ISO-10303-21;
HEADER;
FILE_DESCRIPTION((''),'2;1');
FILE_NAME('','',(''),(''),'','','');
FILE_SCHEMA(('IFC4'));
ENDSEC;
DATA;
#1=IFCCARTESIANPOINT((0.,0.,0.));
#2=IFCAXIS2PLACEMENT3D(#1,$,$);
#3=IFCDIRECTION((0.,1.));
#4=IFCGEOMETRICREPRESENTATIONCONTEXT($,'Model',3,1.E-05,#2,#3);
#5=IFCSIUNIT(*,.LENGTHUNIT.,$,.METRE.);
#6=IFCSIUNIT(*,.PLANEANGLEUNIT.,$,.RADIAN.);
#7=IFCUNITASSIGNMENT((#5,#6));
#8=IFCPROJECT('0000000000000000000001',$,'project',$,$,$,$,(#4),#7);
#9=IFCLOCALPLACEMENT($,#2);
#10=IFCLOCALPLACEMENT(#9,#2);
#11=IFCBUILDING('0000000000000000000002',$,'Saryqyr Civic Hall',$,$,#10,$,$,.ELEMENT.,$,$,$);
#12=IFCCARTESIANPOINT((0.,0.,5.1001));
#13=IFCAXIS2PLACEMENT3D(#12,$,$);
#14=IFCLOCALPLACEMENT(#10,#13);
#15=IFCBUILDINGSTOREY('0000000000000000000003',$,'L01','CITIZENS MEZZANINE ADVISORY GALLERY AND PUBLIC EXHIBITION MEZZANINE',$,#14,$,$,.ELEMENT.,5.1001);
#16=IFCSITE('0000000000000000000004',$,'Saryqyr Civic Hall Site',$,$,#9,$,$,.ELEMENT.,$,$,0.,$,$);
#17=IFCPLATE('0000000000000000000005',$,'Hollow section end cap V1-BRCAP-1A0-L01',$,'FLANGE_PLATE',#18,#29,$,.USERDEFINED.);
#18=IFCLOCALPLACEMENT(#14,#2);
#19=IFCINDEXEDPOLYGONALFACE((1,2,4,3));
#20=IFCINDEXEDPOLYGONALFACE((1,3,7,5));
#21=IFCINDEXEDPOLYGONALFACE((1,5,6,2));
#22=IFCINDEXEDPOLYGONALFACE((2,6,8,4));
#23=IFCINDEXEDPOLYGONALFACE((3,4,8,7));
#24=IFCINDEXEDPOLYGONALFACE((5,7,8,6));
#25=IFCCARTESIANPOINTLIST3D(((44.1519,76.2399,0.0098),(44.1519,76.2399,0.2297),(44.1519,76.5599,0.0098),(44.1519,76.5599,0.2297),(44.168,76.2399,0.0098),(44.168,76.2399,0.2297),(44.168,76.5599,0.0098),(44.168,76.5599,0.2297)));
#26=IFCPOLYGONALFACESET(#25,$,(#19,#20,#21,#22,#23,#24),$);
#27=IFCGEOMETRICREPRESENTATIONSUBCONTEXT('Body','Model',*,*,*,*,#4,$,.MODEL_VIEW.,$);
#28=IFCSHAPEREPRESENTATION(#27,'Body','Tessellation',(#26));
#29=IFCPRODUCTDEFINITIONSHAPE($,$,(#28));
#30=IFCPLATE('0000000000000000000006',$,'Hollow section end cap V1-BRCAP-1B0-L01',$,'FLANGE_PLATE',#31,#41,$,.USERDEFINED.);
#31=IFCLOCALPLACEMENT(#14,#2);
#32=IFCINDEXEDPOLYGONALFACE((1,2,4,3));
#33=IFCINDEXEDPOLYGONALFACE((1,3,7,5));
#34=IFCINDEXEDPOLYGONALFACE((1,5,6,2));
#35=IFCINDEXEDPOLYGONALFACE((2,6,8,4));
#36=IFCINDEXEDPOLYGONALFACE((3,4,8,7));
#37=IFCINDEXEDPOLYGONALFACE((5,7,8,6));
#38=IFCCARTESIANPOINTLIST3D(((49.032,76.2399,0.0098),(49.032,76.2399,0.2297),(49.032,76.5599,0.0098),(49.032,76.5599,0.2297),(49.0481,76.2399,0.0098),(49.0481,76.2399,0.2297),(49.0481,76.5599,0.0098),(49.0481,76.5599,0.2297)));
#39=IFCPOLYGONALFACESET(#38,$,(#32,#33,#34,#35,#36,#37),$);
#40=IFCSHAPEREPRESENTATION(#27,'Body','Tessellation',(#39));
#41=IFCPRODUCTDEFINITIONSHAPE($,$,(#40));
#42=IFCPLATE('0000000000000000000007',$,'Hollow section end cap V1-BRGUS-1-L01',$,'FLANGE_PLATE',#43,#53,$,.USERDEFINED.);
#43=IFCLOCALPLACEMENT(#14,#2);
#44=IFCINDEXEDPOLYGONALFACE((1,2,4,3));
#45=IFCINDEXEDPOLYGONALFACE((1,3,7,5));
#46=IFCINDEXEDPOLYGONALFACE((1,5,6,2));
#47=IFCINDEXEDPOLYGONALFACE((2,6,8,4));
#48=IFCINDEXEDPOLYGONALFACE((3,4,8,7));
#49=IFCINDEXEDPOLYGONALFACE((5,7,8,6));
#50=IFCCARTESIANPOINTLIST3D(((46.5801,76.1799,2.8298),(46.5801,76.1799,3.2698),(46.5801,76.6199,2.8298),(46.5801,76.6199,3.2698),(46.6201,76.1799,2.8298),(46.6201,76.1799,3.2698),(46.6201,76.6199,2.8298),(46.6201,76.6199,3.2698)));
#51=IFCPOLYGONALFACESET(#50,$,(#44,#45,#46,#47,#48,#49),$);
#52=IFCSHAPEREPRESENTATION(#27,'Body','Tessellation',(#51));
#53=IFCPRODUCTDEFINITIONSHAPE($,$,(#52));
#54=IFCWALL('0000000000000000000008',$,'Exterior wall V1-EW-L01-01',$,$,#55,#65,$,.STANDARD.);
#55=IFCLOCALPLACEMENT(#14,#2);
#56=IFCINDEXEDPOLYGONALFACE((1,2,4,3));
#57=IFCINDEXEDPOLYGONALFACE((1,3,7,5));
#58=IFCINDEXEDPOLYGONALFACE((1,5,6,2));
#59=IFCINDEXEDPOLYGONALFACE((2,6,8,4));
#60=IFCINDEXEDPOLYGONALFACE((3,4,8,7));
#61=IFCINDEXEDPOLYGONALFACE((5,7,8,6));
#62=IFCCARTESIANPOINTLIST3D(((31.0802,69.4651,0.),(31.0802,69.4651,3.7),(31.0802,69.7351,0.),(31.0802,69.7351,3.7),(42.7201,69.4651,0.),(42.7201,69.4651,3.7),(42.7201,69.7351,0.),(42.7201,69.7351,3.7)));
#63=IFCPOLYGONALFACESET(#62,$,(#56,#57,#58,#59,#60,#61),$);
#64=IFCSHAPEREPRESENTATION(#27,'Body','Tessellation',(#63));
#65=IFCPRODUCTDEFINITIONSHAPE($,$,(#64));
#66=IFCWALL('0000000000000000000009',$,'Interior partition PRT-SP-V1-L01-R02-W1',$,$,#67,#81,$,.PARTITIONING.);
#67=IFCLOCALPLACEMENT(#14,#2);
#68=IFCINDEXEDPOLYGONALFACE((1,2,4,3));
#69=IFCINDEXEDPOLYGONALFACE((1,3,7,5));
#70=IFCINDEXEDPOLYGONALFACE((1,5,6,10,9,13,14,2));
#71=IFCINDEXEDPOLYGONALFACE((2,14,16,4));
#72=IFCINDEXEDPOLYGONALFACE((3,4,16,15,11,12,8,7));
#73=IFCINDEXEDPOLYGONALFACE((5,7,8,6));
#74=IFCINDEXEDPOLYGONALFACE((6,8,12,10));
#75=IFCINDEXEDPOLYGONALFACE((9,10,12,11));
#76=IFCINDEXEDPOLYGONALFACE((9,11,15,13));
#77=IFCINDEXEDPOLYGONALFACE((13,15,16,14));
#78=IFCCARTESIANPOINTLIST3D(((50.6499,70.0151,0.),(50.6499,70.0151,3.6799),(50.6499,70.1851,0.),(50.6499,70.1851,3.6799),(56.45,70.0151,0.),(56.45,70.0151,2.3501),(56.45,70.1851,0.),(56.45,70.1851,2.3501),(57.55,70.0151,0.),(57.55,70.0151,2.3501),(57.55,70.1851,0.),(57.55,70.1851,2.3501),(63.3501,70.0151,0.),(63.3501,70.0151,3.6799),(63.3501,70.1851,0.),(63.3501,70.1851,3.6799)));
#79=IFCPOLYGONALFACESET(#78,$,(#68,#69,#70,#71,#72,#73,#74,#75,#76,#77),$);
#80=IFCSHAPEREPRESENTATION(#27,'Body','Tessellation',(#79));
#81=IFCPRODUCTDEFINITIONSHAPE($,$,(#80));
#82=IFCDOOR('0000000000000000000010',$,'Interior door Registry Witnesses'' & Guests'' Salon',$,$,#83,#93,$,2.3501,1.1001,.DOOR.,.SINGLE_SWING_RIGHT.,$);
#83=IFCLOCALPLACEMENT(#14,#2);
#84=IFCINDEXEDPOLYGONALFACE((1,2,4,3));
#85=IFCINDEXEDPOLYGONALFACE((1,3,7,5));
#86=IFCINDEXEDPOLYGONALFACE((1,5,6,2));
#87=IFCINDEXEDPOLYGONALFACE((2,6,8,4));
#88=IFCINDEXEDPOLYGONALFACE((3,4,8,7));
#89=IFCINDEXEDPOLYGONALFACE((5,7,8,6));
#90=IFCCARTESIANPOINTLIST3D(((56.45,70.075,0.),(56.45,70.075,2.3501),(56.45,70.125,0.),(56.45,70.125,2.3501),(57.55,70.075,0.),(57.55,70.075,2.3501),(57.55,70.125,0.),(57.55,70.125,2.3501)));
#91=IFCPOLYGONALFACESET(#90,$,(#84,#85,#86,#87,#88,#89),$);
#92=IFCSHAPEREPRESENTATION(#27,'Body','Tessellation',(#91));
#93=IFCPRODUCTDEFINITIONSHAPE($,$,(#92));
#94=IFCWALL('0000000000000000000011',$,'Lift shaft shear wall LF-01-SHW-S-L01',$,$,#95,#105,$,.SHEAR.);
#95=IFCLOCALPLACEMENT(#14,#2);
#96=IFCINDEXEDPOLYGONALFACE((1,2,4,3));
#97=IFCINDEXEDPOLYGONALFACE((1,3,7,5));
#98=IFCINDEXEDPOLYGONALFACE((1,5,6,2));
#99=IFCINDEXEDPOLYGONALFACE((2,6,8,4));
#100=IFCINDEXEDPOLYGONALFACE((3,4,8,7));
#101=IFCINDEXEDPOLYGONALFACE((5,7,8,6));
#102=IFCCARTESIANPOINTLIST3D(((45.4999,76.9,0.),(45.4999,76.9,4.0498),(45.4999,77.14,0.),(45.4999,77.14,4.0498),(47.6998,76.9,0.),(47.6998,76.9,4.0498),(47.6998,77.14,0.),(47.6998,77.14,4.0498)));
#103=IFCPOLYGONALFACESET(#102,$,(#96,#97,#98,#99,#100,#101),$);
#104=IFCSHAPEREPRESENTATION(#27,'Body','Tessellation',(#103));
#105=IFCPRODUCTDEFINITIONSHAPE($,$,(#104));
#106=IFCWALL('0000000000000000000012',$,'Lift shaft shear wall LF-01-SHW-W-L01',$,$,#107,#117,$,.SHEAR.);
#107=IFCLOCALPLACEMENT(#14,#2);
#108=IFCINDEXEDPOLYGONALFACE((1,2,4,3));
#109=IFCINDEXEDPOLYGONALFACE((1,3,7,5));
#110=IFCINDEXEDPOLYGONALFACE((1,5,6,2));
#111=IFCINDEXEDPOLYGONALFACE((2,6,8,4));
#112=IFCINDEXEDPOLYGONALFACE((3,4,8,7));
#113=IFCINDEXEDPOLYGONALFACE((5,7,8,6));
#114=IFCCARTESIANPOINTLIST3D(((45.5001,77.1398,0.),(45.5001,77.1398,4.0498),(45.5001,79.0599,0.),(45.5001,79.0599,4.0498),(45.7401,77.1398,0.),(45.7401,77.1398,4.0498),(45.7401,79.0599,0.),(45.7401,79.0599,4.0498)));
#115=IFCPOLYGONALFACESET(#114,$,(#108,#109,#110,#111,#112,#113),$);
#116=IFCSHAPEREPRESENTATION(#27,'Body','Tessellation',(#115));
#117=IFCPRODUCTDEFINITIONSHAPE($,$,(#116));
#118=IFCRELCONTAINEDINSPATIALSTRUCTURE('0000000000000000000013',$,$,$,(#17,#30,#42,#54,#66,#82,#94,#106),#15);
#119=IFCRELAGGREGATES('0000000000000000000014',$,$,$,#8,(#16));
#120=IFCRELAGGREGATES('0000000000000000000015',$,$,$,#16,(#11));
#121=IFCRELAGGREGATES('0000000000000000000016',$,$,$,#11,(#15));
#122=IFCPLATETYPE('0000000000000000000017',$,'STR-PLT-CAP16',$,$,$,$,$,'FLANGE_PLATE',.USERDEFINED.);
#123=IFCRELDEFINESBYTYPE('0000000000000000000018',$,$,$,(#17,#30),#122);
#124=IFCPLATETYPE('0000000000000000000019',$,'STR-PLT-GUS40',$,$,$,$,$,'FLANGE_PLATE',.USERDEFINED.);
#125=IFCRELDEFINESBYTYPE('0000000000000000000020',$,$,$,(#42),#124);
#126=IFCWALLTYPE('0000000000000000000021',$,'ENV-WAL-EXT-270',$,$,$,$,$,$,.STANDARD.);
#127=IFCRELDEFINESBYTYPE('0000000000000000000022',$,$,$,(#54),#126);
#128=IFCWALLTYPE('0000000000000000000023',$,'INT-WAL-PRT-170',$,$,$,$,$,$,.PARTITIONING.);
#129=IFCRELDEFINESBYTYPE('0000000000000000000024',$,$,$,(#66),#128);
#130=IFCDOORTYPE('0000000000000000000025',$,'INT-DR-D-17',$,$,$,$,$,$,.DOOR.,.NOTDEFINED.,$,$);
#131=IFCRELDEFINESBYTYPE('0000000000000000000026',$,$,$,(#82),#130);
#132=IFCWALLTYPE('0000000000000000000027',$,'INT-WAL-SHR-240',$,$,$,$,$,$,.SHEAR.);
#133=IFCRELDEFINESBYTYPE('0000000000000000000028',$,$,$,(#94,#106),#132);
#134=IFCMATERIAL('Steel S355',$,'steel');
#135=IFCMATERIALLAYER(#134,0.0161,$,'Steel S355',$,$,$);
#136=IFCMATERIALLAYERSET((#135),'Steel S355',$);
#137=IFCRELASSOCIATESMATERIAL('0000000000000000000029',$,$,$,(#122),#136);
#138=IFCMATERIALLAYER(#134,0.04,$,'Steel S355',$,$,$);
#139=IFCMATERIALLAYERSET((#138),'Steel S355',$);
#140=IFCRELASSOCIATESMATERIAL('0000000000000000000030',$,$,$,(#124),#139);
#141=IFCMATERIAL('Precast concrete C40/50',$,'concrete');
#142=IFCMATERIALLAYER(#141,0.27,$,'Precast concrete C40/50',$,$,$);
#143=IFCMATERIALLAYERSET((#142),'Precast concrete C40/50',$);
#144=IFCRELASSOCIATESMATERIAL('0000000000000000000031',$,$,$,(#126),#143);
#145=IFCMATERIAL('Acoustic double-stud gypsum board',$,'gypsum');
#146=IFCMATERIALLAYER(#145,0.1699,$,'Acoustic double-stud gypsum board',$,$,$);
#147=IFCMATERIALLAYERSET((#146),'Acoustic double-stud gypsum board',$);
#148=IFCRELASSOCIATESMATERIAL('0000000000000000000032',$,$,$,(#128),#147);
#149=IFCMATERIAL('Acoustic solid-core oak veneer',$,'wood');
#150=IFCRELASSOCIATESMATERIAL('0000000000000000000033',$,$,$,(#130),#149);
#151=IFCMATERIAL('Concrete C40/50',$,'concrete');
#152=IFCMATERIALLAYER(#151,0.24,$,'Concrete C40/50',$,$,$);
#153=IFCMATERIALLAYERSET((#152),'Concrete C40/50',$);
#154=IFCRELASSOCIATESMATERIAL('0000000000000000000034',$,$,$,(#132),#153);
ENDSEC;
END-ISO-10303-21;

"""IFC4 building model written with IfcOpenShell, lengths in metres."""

from ifc_helpers import new_model, si_unit, direction, frame, frame_2d, origin, origin_2d, place, context, subcontext, project, spatial, rectangle, extrude, material, layer, layer_set, type_object, element, fill, save


model = new_model("IFC4")

# Units and contexts
model_context = context("Model", 3, precision=1e-05, world=origin(), true_north=direction((0.0, 1.0)))
body_context = subcontext(model_context, "Body", "Model", "MODEL_VIEW")
ifc_project = project(units=[si_unit("LENGTHUNIT", "METRE"), si_unit("PLANEANGLEUNIT", "RADIAN")], contexts=[model_context])

# Site, building, storey
site_placement = place(None, origin())
site = spatial("IfcSite", under=ifc_project, at=site_placement, Name="Saryqyr Civic Hall Site", CompositionType="ELEMENT", RefElevation=0.0)
building_placement = place(site_placement, origin())
building = spatial("IfcBuilding", under=site, at=building_placement, Name="Saryqyr Civic Hall", CompositionType="ELEMENT")
storey_placement = place(building_placement, frame((0.0, 0.0, 5.1001)))
storey = spatial("IfcBuildingStorey", under=building, at=storey_placement, Name="L01", Description="CITIZENS MEZZANINE ADVISORY GALLERY AND PUBLIC EXHIBITION MEZZANINE", CompositionType="ELEMENT", Elevation=5.1001)

# Shared definitions
ifc_material_1 = material(Name="Concrete C40/50", Category="concrete")

# Shared definitions
ifc_material_2 = material(Name="Steel S355", Category="steel")

# Plates
ifc_layer_1 = layer(ifc_material_2, 0.0161, Name="Steel S355")
ifc_layer_set_1 = layer_set([ifc_layer_1], Name="Steel S355")
plate_type_1 = type_object("IfcPlateType", Name="STR-PLT-CAP16", ElementType="FLANGE_PLATE", PredefinedType="USERDEFINED", material=ifc_layer_set_1)
for number, where, z_axis, x_axis, name in (
    (1, (44.1599, 76.3999, 0.0098), (0.0, 0.0, 1.0), (1.0, 0.0, 0.0), "Hollow section end cap V1-BRCAP-1A0-L01"),
    (2, (49.04, 76.3999, 0.0098), (0.0, 0.0, 1.0), (1.0, 0.0, 0.0), "Hollow section end cap V1-BRCAP-1B0-L01"),
):
    element("IfcPlate", number, at=place(storey_placement, frame(where, z_axis=z_axis, x_axis=x_axis)), inside=storey, type_object=plate_type_1, Name=name, ObjectType="FLANGE_PLATE", PredefinedType="USERDEFINED", context=body_context, shape_type="SweptSolid", body=[
        extrude(rectangle(XDim=0.0161, YDim=0.3201, at=origin_2d()), origin(), (0.0, 0.0, 1.0), 0.22),
    ])
ifc_layer_2 = layer(ifc_material_2, 0.04, Name="Steel S355")
ifc_layer_set_2 = layer_set([ifc_layer_2], Name="Steel S355")
plate_type_2 = type_object("IfcPlateType", Name="STR-PLT-GUS40", ElementType="FLANGE_PLATE", PredefinedType="USERDEFINED", material=ifc_layer_set_2)
plate_placement = place(storey_placement, frame((46.6001, 76.3999, 2.8298), z_axis=(0.0, 0.0, 1.0), x_axis=(1.0, 0.0, 0.0)))
element("IfcPlate", 3, at=plate_placement, inside=storey, type_object=plate_type_2, Name="Hollow section end cap V1-BRGUS-1-L01", ObjectType="FLANGE_PLATE", PredefinedType="USERDEFINED", context=body_context, shape_type="SweptSolid", body=[
    extrude(rectangle(XDim=0.04, YDim=0.4399, at=origin_2d()), origin(), (0.0, 0.0, 1.0), 0.4399),
])

# Wall
ifc_material_3 = material(Name="Precast concrete C40/50", Category="concrete")
ifc_layer_3 = layer(ifc_material_3, 0.27, Name="Precast concrete C40/50")
ifc_layer_set_3 = layer_set([ifc_layer_3], Name="Precast concrete C40/50")
wall_type_1 = type_object("IfcWallType", Name="ENV-WAL-EXT-270", PredefinedType="STANDARD", material=ifc_layer_set_3)
wall_1_placement = place(storey_placement, frame((42.72, 69.6001, 0.0), z_axis=(0.0, 0.0, 1.0), x_axis=(-1.0, 0.0, 0.0)))
element("IfcWall", 4, at=wall_1_placement, inside=storey, type_object=wall_type_1, Name="Exterior wall V1-EW-L01-01", PredefinedType="STANDARD", context=body_context, shape_type="SweptSolid", body=[
    extrude(rectangle(XDim=11.6399, YDim=0.27, at=frame_2d((5.8198, 0.0))), origin(), (0.0, 0.0, 1.0), 3.7),
])

# Wall, opening, door
ifc_material_4 = material(Name="Acoustic double-stud gypsum board", Category="gypsum")
ifc_layer_4 = layer(ifc_material_4, 0.1699, Name="Acoustic double-stud gypsum board")
ifc_layer_set_4 = layer_set([ifc_layer_4], Name="Acoustic double-stud gypsum board")
wall_type_2 = type_object("IfcWallType", Name="INT-WAL-PRT-170", PredefinedType="PARTITIONING", material=ifc_layer_set_4)
wall_2_placement = place(storey_placement, frame((50.6499, 70.1001, 0.0), z_axis=(0.0, 0.0, 1.0), x_axis=(1.0, 0.0, 0.0)))
wall_2 = element("IfcWall", 5, at=wall_2_placement, inside=storey, type_object=wall_type_2, Name="Interior partition PRT-SP-V1-L01-R02-W1", PredefinedType="PARTITIONING", context=body_context, shape_type="SweptSolid", body=[
    extrude(rectangle(XDim=12.7002, YDim=0.1699, at=frame_2d((6.3501, 0.0))), origin(), (0.0, 0.0, 1.0), 3.6799),
])
opening_placement = place(wall_2_placement, frame((5.8, 0.0, 0.0)))
opening = element("IfcOpeningElement", 6, at=opening_placement, cuts=wall_2, PredefinedType="OPENING", context=body_context, shape_type="SweptSolid", body=[
    extrude(rectangle(XDim=1.1001, YDim=2.3501, at=frame_2d((0.55, 1.175))), frame((0.0, 0.095, 0.0), z_axis=(0.0, -1.0, 0.0), x_axis=(1.0, 0.0, 0.0)), (0.0, 0.0, 1.0), 0.1899),
])
ifc_material_5 = material(Name="Acoustic solid-core oak veneer", Category="wood")
door_type = type_object("IfcDoorType", Name="INT-DR-D-17", OperationType="NOTDEFINED", PredefinedType="DOOR", material=ifc_material_5)
door_placement = place(opening_placement, origin())
door = element("IfcDoor", 7, at=door_placement, inside=storey, type_object=door_type, Name="Interior door Registry Witnesses' & Guests' Salon", OperationType="SINGLE_SWING_RIGHT", OverallHeight=2.3501, OverallWidth=1.1001, PredefinedType="DOOR", context=body_context, shape_type="SweptSolid", body=[
    extrude(rectangle(XDim=1.1001, YDim=2.3501, at=frame_2d((0.55, 1.175))), frame((0.0, 0.0249, 0.0), z_axis=(0.0, -1.0, 0.0), x_axis=(1.0, 0.0, 0.0)), (0.0, 0.0, 1.0), 0.05),
])
fill(opening, door)

# Walls
ifc_layer_5 = layer(ifc_material_1, 0.24, Name="Concrete C40/50")
ifc_layer_set_5 = layer_set([ifc_layer_5], Name="Concrete C40/50")
wall_type_3 = type_object("IfcWallType", Name="INT-WAL-SHR-240", PredefinedType="SHEAR", material=ifc_layer_set_5)
wall_3_placement = place(storey_placement, frame((47.7, 77.02, 0.0), z_axis=(0.0, 0.0, 1.0), x_axis=(-1.0, 0.0, 0.0)))
element("IfcWall", 8, at=wall_3_placement, inside=storey, type_object=wall_type_3, Name="Lift shaft shear wall LF-01-SHW-S-L01", PredefinedType="SHEAR", context=body_context, shape_type="SweptSolid", body=[
    extrude(rectangle(XDim=2.2, YDim=0.24, at=frame_2d((1.1001, 0.0))), origin(), (0.0, 0.0, 1.0), 4.0498),
])
wall_4_placement = place(storey_placement, frame((45.6201, 77.1399, 0.0), z_axis=(0.0, 0.0, 1.0), x_axis=(0.0, 1.0, 0.0)))
element("IfcWall", 9, at=wall_4_placement, inside=storey, type_object=wall_type_3, Name="Lift shaft shear wall LF-01-SHW-W-L01", PredefinedType="SHEAR", context=body_context, shape_type="SweptSolid", body=[
    extrude(rectangle(XDim=1.9202, YDim=0.24, at=frame_2d((0.96, 0.0))), origin(), (0.0, 0.0, 1.0), 4.0498),
])

save(model, "model.ifc")
